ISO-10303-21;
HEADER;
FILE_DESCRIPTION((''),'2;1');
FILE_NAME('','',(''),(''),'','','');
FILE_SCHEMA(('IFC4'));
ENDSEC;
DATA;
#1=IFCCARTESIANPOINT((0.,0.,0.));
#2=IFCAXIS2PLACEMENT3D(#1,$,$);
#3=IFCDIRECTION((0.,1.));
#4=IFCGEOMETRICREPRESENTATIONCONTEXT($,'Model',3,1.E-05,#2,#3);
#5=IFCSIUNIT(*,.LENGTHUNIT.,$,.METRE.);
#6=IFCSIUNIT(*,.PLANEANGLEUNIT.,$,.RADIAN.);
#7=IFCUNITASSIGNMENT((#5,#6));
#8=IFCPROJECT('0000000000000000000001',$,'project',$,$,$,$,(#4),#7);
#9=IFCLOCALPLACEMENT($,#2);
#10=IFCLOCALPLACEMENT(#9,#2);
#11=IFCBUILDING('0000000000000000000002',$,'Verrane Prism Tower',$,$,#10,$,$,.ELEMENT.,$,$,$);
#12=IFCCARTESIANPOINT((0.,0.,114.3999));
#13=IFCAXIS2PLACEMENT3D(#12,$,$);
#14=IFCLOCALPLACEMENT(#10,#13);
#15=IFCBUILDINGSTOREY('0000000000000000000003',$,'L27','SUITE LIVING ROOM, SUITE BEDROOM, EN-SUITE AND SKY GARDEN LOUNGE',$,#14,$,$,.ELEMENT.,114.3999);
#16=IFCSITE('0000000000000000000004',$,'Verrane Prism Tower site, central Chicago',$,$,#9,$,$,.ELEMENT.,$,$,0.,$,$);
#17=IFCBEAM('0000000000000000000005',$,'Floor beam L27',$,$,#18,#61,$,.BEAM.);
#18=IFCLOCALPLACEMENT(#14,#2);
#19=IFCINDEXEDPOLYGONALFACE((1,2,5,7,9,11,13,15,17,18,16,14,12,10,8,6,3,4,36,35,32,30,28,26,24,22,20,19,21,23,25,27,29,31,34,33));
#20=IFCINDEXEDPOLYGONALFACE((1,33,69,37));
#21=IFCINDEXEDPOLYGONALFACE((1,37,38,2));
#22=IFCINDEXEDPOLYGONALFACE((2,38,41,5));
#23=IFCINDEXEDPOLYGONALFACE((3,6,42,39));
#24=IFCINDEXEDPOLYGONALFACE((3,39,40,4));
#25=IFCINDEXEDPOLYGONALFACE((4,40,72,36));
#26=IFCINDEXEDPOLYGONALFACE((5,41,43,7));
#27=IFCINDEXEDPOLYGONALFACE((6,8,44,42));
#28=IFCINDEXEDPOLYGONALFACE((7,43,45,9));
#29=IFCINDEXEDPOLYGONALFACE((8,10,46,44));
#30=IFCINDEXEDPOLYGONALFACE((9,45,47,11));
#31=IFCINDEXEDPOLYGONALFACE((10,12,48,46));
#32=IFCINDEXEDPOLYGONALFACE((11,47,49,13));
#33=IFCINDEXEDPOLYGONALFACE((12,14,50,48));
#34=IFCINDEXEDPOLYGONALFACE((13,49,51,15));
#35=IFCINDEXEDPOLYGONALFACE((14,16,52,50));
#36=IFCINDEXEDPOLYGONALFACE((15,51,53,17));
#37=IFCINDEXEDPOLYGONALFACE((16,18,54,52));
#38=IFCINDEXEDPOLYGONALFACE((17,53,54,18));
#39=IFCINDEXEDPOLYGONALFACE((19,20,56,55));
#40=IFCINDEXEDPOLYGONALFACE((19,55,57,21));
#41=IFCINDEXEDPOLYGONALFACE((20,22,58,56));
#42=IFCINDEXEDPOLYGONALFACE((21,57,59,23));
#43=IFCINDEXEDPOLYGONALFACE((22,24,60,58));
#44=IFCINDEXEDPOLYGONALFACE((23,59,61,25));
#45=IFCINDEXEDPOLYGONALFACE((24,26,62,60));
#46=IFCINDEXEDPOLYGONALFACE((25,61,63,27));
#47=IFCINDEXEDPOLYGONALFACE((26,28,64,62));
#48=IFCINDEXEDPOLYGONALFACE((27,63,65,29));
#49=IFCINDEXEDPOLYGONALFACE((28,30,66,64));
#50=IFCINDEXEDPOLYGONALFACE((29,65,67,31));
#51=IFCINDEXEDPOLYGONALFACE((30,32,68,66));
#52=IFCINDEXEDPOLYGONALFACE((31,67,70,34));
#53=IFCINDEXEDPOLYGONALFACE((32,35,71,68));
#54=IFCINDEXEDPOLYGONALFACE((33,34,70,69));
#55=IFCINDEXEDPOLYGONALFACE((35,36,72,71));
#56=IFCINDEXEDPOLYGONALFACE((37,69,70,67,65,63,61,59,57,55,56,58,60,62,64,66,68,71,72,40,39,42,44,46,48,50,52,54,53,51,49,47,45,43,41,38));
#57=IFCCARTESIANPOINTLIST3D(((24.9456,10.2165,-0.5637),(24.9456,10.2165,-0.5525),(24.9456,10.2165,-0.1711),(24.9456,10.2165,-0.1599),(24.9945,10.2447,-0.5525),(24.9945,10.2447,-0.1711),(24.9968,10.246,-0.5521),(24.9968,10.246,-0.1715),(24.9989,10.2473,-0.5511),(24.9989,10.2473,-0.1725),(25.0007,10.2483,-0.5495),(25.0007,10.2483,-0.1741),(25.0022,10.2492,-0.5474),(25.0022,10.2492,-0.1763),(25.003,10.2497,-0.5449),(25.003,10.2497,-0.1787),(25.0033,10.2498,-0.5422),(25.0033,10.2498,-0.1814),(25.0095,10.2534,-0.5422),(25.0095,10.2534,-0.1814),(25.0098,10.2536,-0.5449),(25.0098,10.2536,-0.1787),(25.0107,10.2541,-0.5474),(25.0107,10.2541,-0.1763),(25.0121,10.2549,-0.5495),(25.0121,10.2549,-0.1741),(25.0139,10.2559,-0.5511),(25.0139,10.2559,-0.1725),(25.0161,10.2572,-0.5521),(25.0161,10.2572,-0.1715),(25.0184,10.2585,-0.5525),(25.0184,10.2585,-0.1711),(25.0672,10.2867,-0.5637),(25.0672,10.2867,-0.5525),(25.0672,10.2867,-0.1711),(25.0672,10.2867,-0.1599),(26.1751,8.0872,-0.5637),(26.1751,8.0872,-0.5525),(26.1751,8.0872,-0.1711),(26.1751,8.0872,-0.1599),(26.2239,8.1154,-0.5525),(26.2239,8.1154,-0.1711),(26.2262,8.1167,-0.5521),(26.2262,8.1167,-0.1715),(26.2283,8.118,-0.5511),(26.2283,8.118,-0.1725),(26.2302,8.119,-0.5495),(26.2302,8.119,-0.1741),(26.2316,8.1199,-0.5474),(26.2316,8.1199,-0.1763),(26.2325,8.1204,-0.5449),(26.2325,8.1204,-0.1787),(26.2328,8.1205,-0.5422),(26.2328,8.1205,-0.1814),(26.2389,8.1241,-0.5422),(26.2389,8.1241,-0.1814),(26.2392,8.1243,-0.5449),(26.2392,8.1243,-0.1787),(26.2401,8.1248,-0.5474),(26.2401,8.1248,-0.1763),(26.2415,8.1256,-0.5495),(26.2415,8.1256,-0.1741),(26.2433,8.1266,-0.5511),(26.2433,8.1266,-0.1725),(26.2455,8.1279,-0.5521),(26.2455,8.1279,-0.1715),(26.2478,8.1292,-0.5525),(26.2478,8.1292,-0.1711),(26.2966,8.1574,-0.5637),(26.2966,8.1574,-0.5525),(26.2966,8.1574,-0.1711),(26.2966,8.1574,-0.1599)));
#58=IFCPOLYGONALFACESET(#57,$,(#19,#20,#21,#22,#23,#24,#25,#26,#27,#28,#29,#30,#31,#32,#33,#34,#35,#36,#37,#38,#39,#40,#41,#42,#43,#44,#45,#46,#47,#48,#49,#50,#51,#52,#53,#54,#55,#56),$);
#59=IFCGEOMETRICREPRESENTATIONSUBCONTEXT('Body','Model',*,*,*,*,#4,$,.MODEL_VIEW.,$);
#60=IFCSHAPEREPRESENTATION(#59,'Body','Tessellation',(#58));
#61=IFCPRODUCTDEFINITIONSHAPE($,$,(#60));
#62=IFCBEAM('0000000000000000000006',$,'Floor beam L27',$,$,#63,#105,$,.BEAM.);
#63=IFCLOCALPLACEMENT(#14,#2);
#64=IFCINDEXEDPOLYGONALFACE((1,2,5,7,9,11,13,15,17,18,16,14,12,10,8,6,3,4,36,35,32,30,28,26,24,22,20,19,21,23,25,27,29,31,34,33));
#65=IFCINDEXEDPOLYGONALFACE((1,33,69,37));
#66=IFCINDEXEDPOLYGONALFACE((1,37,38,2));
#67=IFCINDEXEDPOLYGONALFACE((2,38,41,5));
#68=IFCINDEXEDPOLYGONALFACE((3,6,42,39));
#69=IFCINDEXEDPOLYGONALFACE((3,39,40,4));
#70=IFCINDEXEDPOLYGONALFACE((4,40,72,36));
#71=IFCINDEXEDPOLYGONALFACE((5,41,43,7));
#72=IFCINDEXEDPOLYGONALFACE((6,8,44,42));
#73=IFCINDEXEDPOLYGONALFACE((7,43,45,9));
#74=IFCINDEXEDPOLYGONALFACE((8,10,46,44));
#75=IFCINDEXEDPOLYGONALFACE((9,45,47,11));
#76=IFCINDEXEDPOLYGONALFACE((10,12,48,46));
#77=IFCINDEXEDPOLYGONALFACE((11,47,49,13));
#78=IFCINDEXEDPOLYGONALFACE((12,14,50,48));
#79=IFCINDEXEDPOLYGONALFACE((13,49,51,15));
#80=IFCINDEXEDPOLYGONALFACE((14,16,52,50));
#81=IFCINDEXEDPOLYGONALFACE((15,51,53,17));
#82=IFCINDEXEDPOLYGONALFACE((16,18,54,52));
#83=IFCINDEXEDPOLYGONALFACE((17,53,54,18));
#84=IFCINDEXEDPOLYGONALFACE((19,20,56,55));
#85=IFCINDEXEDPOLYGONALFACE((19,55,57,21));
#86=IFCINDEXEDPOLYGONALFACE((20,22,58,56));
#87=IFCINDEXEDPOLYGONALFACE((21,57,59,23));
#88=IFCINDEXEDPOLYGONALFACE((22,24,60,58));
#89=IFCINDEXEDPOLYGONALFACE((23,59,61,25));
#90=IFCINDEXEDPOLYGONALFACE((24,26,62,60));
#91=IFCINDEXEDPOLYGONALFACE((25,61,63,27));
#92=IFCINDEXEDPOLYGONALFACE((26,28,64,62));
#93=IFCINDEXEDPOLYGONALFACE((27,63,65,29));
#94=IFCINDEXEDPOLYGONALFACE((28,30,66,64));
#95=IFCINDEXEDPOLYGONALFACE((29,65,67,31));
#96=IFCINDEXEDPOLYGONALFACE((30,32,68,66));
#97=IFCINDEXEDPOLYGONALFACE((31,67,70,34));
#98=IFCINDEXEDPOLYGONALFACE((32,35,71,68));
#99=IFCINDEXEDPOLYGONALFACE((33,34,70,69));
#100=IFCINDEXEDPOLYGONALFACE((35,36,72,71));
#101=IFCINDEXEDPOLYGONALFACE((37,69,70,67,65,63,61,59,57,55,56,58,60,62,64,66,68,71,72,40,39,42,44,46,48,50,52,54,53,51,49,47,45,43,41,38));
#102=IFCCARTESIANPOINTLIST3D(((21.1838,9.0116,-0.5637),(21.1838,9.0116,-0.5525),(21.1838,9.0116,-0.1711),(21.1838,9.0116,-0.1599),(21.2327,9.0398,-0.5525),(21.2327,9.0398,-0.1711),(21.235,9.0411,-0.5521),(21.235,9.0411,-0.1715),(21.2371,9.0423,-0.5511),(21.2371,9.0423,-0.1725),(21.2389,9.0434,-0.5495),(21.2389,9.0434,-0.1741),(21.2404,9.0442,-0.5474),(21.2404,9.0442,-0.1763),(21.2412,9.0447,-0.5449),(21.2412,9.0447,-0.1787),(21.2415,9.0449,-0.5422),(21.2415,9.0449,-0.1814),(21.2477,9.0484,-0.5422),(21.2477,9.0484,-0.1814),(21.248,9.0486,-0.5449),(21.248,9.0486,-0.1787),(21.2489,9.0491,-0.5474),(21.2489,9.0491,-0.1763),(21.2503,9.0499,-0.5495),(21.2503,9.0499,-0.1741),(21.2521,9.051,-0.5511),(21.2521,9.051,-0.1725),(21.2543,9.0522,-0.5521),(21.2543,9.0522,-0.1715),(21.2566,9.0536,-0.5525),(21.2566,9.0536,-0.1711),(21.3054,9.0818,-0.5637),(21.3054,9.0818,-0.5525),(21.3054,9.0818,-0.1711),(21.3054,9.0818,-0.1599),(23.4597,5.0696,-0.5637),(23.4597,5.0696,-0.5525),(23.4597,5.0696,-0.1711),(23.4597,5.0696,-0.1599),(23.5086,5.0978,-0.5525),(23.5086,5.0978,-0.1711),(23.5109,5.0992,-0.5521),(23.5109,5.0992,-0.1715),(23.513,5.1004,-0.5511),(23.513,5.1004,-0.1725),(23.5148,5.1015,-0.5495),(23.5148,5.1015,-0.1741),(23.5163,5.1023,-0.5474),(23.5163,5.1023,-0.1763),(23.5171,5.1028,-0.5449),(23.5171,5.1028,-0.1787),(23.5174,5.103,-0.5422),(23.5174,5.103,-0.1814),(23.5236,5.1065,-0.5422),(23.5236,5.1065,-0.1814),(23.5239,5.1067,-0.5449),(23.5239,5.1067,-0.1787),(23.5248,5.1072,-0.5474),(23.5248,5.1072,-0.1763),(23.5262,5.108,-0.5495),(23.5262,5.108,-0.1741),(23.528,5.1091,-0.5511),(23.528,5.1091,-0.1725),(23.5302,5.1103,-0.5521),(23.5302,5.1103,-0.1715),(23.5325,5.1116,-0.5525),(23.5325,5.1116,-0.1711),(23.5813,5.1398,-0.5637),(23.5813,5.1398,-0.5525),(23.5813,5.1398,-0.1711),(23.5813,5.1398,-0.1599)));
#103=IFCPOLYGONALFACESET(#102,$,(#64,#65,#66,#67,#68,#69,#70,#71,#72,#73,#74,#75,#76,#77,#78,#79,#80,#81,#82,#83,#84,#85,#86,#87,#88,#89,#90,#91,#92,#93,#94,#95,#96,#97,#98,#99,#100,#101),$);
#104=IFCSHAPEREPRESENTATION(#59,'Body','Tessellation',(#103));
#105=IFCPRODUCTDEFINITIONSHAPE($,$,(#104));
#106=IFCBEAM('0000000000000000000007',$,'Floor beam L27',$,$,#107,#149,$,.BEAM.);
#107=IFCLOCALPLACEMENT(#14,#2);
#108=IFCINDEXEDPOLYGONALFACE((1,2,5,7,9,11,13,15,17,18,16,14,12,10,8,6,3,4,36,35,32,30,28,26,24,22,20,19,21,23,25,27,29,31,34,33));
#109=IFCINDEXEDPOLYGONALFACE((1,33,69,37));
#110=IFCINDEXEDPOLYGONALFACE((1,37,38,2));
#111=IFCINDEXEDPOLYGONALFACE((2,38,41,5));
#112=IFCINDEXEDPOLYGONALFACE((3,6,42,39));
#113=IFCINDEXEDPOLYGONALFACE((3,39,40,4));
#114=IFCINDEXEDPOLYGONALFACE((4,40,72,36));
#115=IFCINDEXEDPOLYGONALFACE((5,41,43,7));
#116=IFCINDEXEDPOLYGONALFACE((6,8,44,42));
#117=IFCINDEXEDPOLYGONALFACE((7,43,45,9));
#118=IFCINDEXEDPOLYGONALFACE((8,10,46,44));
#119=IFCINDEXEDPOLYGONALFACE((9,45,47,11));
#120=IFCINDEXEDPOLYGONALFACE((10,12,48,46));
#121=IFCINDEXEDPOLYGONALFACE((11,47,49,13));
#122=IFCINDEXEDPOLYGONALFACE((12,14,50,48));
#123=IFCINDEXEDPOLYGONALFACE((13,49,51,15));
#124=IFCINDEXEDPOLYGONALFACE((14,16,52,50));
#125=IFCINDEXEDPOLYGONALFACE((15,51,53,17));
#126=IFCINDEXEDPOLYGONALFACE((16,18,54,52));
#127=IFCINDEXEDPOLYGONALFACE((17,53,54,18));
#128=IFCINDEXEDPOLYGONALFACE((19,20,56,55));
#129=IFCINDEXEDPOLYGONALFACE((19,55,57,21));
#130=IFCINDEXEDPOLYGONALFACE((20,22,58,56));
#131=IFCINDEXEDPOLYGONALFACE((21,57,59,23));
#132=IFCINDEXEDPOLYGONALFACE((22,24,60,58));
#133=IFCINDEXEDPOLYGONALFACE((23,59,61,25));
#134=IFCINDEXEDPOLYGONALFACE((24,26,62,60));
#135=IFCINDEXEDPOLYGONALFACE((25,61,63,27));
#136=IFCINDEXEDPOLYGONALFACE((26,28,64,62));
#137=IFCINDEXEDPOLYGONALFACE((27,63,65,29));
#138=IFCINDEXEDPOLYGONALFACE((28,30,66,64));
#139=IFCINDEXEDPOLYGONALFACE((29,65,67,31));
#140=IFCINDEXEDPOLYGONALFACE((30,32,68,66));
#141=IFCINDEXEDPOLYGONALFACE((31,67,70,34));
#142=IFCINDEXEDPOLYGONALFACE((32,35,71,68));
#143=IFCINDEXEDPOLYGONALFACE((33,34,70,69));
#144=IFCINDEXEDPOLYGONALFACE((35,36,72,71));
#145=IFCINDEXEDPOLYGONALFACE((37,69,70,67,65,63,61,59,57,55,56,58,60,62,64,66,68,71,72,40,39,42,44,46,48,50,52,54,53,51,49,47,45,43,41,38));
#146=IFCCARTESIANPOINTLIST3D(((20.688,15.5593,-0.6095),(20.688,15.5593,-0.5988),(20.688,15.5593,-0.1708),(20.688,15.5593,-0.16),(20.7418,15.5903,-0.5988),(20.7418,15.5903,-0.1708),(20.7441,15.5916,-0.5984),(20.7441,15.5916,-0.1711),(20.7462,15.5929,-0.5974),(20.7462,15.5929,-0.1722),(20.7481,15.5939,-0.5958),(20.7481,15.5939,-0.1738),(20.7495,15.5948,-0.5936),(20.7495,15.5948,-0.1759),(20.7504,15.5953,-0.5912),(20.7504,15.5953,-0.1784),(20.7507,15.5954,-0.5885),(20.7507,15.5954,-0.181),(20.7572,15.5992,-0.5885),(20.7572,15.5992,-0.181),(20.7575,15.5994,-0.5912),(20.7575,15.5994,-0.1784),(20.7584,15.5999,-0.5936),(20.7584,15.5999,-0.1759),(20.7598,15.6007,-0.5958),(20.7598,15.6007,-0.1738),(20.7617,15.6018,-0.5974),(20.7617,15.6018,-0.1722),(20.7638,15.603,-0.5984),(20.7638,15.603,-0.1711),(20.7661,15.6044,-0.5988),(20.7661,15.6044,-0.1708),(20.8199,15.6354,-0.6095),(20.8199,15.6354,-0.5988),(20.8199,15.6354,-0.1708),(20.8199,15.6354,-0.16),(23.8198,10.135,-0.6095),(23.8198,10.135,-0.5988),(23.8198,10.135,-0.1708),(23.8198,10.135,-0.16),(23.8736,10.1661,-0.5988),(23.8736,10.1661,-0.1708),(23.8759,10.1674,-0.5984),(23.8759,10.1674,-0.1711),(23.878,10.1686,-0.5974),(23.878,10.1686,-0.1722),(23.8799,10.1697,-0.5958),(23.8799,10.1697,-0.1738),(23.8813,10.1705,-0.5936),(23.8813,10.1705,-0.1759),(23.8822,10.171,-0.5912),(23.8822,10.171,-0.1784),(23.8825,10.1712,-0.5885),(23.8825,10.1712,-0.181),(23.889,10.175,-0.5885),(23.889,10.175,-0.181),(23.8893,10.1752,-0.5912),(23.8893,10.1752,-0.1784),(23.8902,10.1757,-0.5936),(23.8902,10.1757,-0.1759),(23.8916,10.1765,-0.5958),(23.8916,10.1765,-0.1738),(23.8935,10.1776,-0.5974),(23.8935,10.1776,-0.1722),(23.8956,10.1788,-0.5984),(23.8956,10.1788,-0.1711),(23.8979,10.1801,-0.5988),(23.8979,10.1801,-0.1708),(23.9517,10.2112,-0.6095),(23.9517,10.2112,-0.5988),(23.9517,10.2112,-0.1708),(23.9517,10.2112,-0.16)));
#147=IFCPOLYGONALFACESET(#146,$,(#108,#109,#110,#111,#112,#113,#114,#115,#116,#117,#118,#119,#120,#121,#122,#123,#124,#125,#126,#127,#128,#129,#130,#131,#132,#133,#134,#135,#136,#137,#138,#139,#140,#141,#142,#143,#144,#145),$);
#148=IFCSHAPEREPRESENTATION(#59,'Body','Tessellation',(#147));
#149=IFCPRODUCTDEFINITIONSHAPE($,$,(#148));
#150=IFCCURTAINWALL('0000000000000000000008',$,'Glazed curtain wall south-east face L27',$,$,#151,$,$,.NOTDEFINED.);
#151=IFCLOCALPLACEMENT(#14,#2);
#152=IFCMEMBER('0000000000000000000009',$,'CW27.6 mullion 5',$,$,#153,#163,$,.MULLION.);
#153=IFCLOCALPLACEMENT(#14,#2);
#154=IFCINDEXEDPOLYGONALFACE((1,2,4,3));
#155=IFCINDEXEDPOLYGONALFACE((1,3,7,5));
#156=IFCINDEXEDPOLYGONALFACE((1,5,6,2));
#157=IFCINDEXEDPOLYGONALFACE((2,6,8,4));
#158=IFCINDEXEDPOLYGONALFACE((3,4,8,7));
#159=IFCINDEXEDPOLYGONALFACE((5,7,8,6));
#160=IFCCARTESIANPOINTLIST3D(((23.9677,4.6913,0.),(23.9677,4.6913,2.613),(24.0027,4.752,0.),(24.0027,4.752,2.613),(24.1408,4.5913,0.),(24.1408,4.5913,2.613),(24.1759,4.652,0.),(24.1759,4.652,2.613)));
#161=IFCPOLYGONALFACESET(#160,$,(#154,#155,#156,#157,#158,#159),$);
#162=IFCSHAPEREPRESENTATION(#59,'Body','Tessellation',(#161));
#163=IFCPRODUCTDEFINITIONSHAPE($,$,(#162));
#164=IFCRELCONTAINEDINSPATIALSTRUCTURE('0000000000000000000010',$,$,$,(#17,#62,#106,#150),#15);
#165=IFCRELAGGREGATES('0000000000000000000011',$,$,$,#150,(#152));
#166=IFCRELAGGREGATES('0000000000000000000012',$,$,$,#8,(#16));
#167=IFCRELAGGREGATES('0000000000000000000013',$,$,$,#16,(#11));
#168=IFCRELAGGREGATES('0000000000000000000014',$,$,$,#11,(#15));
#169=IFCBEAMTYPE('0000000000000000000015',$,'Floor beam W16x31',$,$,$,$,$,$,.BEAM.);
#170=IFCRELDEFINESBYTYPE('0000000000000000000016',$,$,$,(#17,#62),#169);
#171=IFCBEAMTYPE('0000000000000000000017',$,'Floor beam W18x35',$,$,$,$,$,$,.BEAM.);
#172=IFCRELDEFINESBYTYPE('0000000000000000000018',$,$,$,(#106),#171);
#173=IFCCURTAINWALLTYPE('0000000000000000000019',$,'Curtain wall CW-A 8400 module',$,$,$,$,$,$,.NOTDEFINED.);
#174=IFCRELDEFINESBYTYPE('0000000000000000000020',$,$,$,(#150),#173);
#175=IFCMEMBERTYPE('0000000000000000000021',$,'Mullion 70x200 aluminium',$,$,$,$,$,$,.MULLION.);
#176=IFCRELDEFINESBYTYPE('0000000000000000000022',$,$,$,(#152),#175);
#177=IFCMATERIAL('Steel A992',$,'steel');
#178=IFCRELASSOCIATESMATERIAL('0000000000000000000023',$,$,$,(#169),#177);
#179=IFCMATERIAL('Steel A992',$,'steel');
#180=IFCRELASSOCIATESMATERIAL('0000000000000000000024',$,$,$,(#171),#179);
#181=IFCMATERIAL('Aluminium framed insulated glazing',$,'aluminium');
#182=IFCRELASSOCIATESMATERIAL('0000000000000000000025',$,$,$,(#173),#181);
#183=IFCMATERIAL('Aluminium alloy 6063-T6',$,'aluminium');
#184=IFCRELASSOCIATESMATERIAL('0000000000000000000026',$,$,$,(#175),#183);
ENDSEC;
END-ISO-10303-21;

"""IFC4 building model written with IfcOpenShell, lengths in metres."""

from ifc_helpers import new_model, si_unit, direction, frame, origin, origin_2d, place, context, subcontext, project, spatial, rectangle, i_section, extrude, material, material_profile, profile_set, type_object, element, aggregate, save


model = new_model("IFC4")

# Units and contexts
model_context = context("Model", 3, precision=1e-05, world=origin(), true_north=direction((0.0, 1.0)))
body_context = subcontext(model_context, "Body", "Model", "MODEL_VIEW")
ifc_project = project(units=[si_unit("LENGTHUNIT", "METRE"), si_unit("PLANEANGLEUNIT", "RADIAN")], contexts=[model_context])

# Site, building, storey
site_placement = place(None, origin())
site = spatial("IfcSite", under=ifc_project, at=site_placement, Name="Verrane Prism Tower site, central Chicago", CompositionType="ELEMENT", RefElevation=0.0)
building_placement = place(site_placement, origin())
building = spatial("IfcBuilding", under=site, at=building_placement, Name="Verrane Prism Tower", CompositionType="ELEMENT")
storey_placement = place(building_placement, frame((0.0, 0.0, 114.3999)))
storey = spatial("IfcBuildingStorey", under=building, at=storey_placement, Name="L27", Description="SUITE LIVING ROOM, SUITE BEDROOM, EN-SUITE AND SKY GARDEN LOUNGE", CompositionType="ELEMENT", Elevation=114.3999)

# Beams
ifc_material_1 = material(Name="Steel A992", Category="steel")
ifc_material_profile_1 = material_profile(ifc_material_1, i_section(OverallWidth=0.1404, OverallDepth=0.4038, WebThickness=0.0071, FlangeThickness=0.0112, FilletRadius=0.0103, at=origin_2d()), Name="W16x31")
ifc_profile_set_1 = profile_set([ifc_material_profile_1], Name="Steel A992")
beam_type_1 = type_object("IfcBeamType", Name="Floor beam W16x31", PredefinedType="BEAM", material=ifc_profile_set_1)
beam_1_placement = place(storey_placement, frame((26.2358, 8.1223, -0.3618), z_axis=(-0.500026, 0.86601, 0.0), x_axis=(-0.86601, -0.500026, 0.0)))
element("IfcBeam", 1, at=beam_1_placement, inside=storey, type_object=beam_type_1, Name="Floor beam L27", PredefinedType="BEAM", context=body_context, shape_type="SweptSolid", body=[
    extrude(i_section(OverallWidth=0.1404, OverallDepth=0.4038, WebThickness=0.0071, FlangeThickness=0.0112, FilletRadius=0.0103, at=origin_2d()), origin(), (0.0, 0.0, 1.0), 2.4587),
])
beam_2_placement = place(storey_placement, frame((23.5205, 5.1047, -0.3618), z_axis=(-0.500004, 0.866023, 0.0), x_axis=(-0.866023, -0.500004, 0.0)))
element("IfcBeam", 2, at=beam_2_placement, inside=storey, type_object=beam_type_1, Name="Floor beam L27", PredefinedType="BEAM", context=body_context, shape_type="SweptSolid", body=[
    extrude(i_section(OverallWidth=0.1404, OverallDepth=0.4038, WebThickness=0.0071, FlangeThickness=0.0112, FilletRadius=0.0103, at=origin_2d()), origin(), (0.0, 0.0, 1.0), 4.5518),
])
ifc_material_2 = material(Name="Steel A992", Category="steel")
ifc_material_profile_2 = material_profile(ifc_material_2, i_section(OverallWidth=0.1523, OverallDepth=0.4495, WebThickness=0.0076, FlangeThickness=0.0107, FilletRadius=0.0103, at=origin_2d()), Name="W18x35")
ifc_profile_set_2 = profile_set([ifc_material_profile_2], Name="Steel A992")
beam_type_2 = type_object("IfcBeamType", Name="Floor beam W18x35", PredefinedType="BEAM", material=ifc_profile_set_2)
beam_3_placement = place(storey_placement, frame((23.8857, 10.1731, -0.3848), z_axis=(-0.500013, 0.866018, 0.0), x_axis=(-0.866018, -0.500013, 0.0)))
element("IfcBeam", 3, at=beam_3_placement, inside=storey, type_object=beam_type_2, Name="Floor beam L27", PredefinedType="BEAM", context=body_context, shape_type="SweptSolid", body=[
    extrude(i_section(OverallWidth=0.1523, OverallDepth=0.4495, WebThickness=0.0076, FlangeThickness=0.0107, FilletRadius=0.0103, at=origin_2d()), origin(), (0.0, 0.0, 1.0), 6.2634),
])

# Curtain wall, member
ifc_material_3 = material(Name="Aluminium framed insulated glazing", Category="aluminium")
curtain_wall_type = type_object("IfcCurtainWallType", Name="Curtain wall CW-A 8400 module", PredefinedType="NOTDEFINED", material=ifc_material_3)
curtain_wall_placement = place(storey_placement, origin())
curtain_wall = element("IfcCurtainWall", 4, at=curtain_wall_placement, inside=storey, type_object=curtain_wall_type, Name="Glazed curtain wall south-east face L27", PredefinedType="NOTDEFINED")
ifc_material_4 = material(Name="Aluminium alloy 6063-T6", Category="aluminium")
ifc_material_profile_3 = material_profile(ifc_material_4, rectangle(XDim=0.2, YDim=0.0701, at=origin_2d()), Name="Mullion 70x200 aluminium")
ifc_profile_set_3 = profile_set([ifc_material_profile_3], Name="Aluminium alloy 6063-T6")
member_type_1 = type_object("IfcMemberType", Name="Mullion 70x200 aluminium", PredefinedType="MULLION", material=ifc_profile_set_3)
member_1_placement = place(storey_placement, frame((24.0718, 4.6716, 0.0), z_axis=(0.0, 0.0, 1.0), x_axis=(-0.866026, 0.499999, 0.0)))
member_1 = element("IfcMember", 5, at=member_1_placement, type_object=member_type_1, Name="CW27.6 mullion 5", PredefinedType="MULLION", context=body_context, shape_type="SweptSolid", body=[
    extrude(rectangle(XDim=0.2, YDim=0.0701, at=origin_2d()), origin(), (0.0, 0.0, 1.0), 2.613),
])

aggregate(curtain_wall, [member_1])

save(model, "model.ifc")
